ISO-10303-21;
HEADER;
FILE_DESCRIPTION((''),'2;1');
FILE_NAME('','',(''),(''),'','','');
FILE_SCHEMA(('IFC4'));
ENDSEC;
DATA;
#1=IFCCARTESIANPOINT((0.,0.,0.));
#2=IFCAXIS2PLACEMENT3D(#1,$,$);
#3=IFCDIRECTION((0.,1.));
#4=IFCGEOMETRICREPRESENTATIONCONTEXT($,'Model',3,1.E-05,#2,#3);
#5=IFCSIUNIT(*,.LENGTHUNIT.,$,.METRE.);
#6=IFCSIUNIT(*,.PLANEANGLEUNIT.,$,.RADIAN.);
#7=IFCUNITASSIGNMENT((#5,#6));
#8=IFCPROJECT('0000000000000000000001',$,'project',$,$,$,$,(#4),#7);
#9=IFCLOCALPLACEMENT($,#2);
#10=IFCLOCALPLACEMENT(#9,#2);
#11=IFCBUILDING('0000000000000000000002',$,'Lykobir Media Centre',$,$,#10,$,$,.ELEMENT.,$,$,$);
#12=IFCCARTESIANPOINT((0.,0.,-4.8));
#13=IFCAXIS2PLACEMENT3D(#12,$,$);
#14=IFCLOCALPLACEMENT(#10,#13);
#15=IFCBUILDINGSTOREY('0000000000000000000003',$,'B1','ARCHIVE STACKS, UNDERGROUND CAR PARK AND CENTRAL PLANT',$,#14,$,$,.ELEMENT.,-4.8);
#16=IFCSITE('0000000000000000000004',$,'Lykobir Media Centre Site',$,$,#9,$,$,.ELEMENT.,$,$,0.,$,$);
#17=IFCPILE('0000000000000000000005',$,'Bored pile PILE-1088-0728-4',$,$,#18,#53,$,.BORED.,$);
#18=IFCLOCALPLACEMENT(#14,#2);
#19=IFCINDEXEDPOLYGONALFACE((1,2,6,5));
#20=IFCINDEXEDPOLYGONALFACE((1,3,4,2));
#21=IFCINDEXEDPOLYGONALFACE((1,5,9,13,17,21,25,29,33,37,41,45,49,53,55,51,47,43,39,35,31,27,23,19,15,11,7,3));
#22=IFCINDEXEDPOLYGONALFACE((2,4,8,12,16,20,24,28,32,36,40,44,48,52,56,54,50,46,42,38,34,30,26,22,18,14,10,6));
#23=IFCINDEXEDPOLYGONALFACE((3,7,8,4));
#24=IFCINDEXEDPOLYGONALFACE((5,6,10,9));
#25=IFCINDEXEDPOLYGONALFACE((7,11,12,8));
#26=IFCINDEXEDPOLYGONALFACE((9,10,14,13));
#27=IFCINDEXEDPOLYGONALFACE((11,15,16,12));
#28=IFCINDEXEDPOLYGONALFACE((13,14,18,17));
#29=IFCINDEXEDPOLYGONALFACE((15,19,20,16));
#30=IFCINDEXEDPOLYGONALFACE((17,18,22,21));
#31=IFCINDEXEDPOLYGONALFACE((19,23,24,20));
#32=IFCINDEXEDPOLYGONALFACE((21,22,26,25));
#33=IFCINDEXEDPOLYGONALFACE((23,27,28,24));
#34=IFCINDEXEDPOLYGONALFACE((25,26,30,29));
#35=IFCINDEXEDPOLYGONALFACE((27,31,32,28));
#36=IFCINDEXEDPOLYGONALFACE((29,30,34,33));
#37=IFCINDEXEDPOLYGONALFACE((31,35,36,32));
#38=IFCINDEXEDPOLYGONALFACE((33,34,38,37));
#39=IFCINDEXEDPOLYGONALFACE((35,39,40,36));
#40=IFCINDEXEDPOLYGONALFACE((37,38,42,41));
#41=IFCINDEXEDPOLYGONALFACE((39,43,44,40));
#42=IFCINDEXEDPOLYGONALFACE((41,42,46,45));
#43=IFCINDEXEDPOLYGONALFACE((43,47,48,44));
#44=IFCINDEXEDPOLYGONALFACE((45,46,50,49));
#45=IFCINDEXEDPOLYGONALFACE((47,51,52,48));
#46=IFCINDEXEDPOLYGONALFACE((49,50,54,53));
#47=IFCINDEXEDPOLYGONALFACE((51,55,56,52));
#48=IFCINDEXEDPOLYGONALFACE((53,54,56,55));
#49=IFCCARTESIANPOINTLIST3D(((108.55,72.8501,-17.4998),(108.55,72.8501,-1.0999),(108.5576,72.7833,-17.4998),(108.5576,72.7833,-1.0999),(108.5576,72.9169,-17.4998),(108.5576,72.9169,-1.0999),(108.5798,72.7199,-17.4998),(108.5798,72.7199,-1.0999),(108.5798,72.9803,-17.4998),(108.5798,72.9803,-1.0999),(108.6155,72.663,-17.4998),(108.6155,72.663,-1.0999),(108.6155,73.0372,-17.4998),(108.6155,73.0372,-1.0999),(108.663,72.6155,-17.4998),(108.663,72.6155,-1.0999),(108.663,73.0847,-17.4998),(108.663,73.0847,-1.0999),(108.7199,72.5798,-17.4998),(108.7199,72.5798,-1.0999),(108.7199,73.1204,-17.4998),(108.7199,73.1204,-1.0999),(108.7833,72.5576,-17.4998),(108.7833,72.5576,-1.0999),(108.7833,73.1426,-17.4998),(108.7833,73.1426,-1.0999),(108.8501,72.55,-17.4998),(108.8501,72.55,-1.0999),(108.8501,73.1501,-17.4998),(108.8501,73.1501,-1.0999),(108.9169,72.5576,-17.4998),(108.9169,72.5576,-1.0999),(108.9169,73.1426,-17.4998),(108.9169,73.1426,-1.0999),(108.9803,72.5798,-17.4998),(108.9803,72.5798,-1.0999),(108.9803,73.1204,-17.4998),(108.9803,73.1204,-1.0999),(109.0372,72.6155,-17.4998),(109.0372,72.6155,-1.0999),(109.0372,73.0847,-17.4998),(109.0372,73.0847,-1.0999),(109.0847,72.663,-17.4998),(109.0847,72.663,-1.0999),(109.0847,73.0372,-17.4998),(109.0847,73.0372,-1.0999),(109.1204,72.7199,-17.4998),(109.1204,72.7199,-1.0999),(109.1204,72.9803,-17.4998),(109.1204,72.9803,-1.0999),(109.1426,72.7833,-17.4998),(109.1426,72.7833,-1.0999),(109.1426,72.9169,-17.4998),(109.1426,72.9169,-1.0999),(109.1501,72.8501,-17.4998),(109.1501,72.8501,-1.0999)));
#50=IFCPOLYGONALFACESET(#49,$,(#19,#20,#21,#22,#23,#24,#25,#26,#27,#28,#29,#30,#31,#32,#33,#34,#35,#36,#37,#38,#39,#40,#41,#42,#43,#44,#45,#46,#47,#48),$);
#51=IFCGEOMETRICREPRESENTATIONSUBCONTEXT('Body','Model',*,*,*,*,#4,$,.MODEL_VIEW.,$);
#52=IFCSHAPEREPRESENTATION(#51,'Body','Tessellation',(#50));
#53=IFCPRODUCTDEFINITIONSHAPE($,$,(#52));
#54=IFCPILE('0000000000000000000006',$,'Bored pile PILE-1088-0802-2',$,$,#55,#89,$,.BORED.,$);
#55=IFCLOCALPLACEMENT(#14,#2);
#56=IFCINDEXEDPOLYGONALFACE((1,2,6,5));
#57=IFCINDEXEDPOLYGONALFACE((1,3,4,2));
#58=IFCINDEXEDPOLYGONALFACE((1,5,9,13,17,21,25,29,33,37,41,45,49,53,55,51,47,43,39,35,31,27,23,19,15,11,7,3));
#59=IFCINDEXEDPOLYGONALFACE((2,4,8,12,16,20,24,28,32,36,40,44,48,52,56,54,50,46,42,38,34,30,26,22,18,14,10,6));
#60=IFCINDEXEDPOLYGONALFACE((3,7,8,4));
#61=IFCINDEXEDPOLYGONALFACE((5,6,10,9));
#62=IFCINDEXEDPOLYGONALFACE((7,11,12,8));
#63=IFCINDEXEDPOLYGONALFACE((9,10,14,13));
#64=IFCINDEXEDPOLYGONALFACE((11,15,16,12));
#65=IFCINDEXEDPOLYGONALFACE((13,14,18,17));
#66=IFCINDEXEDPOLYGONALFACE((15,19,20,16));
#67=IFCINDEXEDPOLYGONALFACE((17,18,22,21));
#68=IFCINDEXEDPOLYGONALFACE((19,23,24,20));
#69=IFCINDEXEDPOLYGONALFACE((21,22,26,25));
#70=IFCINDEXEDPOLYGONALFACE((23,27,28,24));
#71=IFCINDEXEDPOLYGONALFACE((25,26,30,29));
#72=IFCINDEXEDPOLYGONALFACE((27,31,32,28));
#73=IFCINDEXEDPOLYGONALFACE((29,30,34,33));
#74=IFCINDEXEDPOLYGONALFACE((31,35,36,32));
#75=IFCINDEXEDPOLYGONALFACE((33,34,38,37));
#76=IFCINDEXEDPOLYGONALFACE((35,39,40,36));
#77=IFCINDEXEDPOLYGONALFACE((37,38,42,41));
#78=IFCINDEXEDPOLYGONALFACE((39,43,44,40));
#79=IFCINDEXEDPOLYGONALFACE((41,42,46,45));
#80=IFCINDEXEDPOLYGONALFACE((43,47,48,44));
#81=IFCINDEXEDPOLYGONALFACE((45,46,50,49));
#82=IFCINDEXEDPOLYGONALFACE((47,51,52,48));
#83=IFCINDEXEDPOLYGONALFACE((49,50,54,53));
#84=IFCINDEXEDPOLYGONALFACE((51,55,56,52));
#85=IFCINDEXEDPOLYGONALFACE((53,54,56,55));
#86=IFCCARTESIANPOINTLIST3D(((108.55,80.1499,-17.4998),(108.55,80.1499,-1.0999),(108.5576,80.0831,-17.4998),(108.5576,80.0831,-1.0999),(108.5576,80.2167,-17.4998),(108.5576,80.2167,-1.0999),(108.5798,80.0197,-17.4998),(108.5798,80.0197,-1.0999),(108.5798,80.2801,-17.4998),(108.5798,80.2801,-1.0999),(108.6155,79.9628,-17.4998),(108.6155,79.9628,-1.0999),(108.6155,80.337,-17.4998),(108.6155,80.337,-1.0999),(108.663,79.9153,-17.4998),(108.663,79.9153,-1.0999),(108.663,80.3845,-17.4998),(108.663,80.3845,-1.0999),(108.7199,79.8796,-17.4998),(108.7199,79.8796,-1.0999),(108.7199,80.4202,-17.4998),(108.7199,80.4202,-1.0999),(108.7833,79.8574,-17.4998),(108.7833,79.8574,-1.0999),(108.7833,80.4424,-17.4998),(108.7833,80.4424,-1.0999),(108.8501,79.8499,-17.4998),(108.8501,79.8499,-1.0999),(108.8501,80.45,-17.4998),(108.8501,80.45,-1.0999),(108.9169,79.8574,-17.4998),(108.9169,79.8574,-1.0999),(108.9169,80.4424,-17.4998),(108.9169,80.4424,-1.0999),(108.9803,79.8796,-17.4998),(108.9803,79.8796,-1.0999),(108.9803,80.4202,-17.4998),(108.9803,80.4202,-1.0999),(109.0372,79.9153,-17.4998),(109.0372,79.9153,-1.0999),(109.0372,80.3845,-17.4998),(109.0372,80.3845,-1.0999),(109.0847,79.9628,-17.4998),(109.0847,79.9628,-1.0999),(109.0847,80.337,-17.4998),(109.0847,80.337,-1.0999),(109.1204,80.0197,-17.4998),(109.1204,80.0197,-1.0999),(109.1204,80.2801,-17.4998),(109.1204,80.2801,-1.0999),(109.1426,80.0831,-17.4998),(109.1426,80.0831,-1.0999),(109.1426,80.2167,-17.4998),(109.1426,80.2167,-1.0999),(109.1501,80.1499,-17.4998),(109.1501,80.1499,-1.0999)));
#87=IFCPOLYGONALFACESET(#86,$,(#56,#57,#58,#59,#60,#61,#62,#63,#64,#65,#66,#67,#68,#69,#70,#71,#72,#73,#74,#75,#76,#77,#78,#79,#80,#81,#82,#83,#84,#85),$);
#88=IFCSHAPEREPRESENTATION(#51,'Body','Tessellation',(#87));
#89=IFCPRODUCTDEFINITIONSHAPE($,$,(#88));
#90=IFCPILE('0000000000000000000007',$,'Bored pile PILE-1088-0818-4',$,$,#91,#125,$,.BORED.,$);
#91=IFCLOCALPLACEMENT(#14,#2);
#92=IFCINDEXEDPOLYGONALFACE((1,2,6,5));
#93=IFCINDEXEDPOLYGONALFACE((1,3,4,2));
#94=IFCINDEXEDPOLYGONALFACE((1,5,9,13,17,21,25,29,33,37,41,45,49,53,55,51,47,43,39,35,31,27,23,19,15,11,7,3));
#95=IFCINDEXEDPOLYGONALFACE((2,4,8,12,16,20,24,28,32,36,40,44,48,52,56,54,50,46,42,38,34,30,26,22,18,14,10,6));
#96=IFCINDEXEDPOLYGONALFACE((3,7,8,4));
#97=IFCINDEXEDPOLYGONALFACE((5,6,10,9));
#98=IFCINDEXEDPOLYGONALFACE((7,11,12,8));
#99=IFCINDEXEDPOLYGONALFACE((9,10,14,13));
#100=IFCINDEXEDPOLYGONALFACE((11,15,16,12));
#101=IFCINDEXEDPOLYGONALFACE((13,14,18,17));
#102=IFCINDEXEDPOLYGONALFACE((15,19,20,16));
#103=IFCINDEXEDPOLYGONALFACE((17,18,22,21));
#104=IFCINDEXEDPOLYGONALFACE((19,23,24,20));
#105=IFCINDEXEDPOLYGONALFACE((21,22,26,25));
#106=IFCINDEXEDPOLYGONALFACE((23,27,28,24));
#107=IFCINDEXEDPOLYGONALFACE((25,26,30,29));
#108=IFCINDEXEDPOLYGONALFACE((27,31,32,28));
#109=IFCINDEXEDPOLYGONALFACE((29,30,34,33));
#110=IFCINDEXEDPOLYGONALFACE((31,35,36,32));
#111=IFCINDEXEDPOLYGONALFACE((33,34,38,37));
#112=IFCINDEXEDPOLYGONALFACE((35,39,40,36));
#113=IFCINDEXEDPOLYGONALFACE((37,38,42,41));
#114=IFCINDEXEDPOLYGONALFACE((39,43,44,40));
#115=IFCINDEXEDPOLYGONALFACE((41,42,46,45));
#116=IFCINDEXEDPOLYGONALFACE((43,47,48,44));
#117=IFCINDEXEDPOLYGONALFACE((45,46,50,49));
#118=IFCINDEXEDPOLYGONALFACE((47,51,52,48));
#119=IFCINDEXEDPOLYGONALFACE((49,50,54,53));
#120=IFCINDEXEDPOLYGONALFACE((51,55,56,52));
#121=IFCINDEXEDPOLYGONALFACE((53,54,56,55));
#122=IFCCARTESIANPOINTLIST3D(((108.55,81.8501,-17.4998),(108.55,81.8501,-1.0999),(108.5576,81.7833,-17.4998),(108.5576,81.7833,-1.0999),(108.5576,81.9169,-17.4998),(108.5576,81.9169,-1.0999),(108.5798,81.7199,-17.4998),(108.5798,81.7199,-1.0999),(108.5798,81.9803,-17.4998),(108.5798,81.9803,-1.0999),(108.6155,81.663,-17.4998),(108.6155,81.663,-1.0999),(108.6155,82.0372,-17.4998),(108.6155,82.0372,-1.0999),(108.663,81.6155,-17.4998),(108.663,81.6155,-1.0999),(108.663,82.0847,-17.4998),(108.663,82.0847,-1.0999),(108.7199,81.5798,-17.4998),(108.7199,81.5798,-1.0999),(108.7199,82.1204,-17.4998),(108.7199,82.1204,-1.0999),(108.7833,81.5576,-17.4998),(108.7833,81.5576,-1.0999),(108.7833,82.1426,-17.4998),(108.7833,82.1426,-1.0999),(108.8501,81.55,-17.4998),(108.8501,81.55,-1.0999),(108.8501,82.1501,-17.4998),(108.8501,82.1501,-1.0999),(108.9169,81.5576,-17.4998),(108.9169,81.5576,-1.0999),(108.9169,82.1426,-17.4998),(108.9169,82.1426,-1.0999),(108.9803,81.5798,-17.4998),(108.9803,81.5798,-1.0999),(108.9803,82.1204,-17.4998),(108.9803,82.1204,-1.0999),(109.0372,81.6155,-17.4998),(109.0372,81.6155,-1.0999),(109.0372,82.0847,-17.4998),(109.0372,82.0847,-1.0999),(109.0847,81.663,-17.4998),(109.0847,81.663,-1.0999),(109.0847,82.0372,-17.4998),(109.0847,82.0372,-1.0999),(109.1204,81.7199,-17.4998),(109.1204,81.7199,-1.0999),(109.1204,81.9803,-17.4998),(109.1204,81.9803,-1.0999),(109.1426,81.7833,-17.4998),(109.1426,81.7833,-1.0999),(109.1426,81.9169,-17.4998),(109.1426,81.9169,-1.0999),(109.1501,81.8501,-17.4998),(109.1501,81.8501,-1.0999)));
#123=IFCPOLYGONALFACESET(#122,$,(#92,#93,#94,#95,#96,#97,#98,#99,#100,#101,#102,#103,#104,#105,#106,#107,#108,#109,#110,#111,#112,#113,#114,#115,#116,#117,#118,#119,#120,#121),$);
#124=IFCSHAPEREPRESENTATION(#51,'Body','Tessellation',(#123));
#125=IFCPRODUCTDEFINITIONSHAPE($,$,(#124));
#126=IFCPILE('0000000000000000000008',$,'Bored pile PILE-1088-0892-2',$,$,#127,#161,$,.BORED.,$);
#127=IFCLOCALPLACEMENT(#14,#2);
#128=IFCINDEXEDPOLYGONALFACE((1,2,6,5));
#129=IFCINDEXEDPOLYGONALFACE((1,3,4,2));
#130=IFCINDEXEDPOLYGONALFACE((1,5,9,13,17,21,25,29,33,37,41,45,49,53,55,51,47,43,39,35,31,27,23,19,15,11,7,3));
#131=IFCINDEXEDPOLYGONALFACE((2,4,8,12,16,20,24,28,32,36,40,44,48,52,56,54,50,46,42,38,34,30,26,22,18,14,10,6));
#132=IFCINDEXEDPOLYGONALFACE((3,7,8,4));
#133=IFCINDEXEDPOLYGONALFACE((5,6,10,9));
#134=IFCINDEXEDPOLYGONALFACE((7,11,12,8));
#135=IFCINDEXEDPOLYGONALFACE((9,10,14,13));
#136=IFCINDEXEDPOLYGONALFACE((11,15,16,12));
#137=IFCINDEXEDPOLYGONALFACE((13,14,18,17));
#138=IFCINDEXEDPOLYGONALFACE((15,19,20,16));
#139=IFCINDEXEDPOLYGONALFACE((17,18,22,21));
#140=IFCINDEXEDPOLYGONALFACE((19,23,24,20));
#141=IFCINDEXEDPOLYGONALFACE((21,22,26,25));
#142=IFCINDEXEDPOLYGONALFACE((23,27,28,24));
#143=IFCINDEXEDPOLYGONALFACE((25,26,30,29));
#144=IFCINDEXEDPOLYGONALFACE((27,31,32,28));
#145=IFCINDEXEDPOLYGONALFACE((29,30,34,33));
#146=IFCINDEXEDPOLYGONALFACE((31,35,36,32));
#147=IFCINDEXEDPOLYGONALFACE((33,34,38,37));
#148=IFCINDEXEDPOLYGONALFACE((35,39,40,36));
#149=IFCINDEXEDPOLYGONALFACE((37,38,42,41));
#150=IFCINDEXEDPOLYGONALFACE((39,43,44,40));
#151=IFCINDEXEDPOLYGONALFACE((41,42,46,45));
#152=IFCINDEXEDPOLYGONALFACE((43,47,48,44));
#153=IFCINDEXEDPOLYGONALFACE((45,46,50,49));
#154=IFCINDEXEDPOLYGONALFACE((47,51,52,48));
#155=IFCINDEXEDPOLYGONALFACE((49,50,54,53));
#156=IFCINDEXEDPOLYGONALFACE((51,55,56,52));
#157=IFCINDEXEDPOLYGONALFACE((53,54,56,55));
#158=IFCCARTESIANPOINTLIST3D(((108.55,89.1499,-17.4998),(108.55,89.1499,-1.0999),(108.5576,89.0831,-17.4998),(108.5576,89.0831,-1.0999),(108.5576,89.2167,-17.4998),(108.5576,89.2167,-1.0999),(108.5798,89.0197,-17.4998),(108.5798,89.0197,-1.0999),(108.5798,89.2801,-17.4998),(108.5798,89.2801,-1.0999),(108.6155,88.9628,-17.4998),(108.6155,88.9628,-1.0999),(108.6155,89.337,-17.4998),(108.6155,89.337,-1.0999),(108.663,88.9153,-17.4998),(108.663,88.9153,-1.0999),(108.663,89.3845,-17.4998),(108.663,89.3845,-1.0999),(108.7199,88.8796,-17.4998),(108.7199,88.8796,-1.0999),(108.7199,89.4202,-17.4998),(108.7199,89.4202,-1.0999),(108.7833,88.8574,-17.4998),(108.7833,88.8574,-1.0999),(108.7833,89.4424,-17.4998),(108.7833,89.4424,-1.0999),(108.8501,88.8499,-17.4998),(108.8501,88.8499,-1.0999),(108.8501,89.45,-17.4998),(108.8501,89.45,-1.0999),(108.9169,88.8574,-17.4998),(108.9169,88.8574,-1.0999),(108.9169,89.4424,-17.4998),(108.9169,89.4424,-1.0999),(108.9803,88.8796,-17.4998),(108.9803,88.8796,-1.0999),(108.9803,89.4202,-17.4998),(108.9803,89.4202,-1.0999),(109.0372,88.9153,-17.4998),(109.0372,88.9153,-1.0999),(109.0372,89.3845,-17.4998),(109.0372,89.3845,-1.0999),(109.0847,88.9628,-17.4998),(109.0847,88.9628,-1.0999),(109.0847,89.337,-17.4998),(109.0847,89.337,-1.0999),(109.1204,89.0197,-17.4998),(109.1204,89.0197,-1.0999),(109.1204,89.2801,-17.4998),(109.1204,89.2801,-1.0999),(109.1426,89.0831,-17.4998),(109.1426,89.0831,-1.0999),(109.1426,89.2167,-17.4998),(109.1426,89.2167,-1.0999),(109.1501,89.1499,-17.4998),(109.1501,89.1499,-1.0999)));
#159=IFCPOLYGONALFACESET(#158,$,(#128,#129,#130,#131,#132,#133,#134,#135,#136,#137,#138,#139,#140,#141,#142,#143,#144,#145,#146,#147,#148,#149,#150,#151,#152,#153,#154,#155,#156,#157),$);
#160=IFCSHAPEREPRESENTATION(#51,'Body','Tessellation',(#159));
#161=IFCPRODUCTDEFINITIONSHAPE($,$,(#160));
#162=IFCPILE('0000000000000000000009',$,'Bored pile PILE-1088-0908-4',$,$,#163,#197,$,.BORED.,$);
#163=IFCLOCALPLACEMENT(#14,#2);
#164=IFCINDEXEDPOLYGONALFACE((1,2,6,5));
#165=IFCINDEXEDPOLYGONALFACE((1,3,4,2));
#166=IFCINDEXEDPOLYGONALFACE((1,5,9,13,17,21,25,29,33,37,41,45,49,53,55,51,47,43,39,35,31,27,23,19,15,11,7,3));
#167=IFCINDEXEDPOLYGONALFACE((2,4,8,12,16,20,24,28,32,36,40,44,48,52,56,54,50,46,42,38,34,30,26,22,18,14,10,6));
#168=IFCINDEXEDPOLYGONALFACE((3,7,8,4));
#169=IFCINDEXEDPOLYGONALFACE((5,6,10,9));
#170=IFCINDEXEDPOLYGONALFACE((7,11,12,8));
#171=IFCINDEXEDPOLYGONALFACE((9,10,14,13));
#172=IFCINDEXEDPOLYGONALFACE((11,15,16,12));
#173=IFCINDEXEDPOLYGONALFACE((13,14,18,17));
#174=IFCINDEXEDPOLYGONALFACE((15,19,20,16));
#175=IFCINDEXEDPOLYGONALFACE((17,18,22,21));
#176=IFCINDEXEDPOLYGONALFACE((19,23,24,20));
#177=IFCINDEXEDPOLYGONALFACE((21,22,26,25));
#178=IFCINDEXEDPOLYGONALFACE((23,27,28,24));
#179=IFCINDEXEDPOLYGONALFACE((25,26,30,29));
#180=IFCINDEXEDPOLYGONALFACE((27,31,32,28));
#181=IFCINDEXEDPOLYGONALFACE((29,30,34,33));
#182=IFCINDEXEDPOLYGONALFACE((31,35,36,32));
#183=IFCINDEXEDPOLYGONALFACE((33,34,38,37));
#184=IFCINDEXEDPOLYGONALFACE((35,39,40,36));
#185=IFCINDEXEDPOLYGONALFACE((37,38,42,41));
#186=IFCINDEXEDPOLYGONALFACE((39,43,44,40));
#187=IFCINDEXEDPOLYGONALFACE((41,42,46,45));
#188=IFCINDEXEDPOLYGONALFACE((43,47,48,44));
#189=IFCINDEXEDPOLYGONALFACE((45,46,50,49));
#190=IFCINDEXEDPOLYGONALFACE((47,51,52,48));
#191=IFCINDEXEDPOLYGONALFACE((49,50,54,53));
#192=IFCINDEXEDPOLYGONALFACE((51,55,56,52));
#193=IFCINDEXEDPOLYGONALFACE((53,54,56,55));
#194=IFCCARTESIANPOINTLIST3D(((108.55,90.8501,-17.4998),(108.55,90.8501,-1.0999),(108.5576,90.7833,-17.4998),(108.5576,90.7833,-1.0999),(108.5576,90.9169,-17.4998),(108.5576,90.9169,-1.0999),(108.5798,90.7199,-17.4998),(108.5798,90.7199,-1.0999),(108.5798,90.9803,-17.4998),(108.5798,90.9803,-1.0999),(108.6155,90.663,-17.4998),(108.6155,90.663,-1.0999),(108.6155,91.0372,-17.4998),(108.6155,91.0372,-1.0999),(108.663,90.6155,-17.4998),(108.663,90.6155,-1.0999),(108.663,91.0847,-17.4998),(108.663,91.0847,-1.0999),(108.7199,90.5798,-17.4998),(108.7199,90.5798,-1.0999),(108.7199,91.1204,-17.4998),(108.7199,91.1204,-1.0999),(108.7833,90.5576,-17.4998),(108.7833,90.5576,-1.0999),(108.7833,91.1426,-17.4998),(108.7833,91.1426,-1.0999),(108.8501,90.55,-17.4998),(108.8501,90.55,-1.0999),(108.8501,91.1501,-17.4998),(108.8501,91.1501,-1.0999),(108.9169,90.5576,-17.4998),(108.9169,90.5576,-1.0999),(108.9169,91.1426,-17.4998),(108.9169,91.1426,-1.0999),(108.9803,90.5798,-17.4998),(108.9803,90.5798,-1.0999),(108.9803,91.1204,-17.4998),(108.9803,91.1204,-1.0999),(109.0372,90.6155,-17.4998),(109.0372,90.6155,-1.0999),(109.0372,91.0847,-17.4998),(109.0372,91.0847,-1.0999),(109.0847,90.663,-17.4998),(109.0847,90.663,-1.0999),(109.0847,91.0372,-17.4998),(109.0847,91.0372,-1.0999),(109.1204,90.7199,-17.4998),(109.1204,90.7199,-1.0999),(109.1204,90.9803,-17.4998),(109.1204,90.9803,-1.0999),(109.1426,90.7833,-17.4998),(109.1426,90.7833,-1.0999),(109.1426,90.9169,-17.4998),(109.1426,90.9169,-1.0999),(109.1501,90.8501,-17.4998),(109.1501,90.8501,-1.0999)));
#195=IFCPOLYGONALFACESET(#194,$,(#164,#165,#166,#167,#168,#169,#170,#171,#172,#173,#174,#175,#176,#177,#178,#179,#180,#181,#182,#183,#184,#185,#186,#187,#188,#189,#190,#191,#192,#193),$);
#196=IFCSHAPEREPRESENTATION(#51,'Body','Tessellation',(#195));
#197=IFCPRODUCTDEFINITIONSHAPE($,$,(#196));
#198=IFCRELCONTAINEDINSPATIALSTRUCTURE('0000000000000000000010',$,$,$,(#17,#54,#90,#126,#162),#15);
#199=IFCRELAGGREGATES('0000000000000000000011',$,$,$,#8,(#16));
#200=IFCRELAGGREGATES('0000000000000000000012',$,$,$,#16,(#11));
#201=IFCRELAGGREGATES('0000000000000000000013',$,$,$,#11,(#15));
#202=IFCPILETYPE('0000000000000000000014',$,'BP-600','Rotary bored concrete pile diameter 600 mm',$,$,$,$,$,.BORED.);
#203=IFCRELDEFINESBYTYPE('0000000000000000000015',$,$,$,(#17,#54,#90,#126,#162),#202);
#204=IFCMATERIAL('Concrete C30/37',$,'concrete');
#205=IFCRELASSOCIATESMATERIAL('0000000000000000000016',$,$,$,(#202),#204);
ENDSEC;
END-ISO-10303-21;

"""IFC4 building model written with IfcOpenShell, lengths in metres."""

from ifc_helpers import new_model, si_unit, direction, frame, origin, origin_2d, place, context, subcontext, project, spatial, circle, extrude, material, material_profile, profile_set, type_object, element, save


model = new_model("IFC4")

# Units and contexts
model_context = context("Model", 3, precision=1e-05, world=origin(), true_north=direction((0.0, 1.0)))
body_context = subcontext(model_context, "Body", "Model", "MODEL_VIEW")
ifc_project = project(units=[si_unit("LENGTHUNIT", "METRE"), si_unit("PLANEANGLEUNIT", "RADIAN")], contexts=[model_context])

# Site, building, storey
site_placement = place(None, origin())
site = spatial("IfcSite", under=ifc_project, at=site_placement, Name="Lykobir Media Centre Site", CompositionType="ELEMENT", RefElevation=0.0)
building_placement = place(site_placement, origin())
building = spatial("IfcBuilding", under=site, at=building_placement, Name="Lykobir Media Centre", CompositionType="ELEMENT")
storey_placement = place(building_placement, frame((0.0, 0.0, -4.8)))
storey = spatial("IfcBuildingStorey", under=building, at=storey_placement, Name="B1", Description="ARCHIVE STACKS, UNDERGROUND CAR PARK AND CENTRAL PLANT", CompositionType="ELEMENT", Elevation=-4.8)

# Piles
ifc_material_1 = material(Name="Concrete C30/37", Category="concrete")
ifc_material_profile_1 = material_profile(ifc_material_1, circle(Radius=0.3, at=origin_2d()), Name="BORED PILE D600")
ifc_profile_set_1 = profile_set([ifc_material_profile_1], Name="Concrete C30/37")
pile_type = type_object("IfcPileType", Name="BP-600", Description="Rotary bored concrete pile diameter 600 mm", PredefinedType="BORED", material=ifc_profile_set_1)
for number, where, z_axis, x_axis, name in (
    (1, (108.8501, 72.8501, -1.0999), (0.0, 0.0, -1.0), (1.0, 0.0, 0.0), "Bored pile PILE-1088-0728-4"),
    (2, (108.8501, 80.1499, -1.0999), (0.0, 0.0, -1.0), (1.0, 0.0, 0.0), "Bored pile PILE-1088-0802-2"),
    (3, (108.8501, 81.8501, -1.0999), (0.0, 0.0, -1.0), (1.0, 0.0, 0.0), "Bored pile PILE-1088-0818-4"),
    (4, (108.8501, 89.1499, -1.0999), (0.0, 0.0, -1.0), (1.0, 0.0, 0.0), "Bored pile PILE-1088-0892-2"),
    (5, (108.8501, 90.8501, -1.0999), (0.0, 0.0, -1.0), (1.0, 0.0, 0.0), "Bored pile PILE-1088-0908-4"),
):
    element("IfcPile", number, at=place(storey_placement, frame(where, z_axis=z_axis, x_axis=x_axis)), inside=storey, type_object=pile_type, Name=name, PredefinedType="BORED", context=body_context, shape_type="SweptSolid", body=[
        extrude(circle(Radius=0.3, at=origin_2d()), origin(), (0.0, 0.0, 1.0), 16.3999),
    ])

save(model, "model.ifc")
